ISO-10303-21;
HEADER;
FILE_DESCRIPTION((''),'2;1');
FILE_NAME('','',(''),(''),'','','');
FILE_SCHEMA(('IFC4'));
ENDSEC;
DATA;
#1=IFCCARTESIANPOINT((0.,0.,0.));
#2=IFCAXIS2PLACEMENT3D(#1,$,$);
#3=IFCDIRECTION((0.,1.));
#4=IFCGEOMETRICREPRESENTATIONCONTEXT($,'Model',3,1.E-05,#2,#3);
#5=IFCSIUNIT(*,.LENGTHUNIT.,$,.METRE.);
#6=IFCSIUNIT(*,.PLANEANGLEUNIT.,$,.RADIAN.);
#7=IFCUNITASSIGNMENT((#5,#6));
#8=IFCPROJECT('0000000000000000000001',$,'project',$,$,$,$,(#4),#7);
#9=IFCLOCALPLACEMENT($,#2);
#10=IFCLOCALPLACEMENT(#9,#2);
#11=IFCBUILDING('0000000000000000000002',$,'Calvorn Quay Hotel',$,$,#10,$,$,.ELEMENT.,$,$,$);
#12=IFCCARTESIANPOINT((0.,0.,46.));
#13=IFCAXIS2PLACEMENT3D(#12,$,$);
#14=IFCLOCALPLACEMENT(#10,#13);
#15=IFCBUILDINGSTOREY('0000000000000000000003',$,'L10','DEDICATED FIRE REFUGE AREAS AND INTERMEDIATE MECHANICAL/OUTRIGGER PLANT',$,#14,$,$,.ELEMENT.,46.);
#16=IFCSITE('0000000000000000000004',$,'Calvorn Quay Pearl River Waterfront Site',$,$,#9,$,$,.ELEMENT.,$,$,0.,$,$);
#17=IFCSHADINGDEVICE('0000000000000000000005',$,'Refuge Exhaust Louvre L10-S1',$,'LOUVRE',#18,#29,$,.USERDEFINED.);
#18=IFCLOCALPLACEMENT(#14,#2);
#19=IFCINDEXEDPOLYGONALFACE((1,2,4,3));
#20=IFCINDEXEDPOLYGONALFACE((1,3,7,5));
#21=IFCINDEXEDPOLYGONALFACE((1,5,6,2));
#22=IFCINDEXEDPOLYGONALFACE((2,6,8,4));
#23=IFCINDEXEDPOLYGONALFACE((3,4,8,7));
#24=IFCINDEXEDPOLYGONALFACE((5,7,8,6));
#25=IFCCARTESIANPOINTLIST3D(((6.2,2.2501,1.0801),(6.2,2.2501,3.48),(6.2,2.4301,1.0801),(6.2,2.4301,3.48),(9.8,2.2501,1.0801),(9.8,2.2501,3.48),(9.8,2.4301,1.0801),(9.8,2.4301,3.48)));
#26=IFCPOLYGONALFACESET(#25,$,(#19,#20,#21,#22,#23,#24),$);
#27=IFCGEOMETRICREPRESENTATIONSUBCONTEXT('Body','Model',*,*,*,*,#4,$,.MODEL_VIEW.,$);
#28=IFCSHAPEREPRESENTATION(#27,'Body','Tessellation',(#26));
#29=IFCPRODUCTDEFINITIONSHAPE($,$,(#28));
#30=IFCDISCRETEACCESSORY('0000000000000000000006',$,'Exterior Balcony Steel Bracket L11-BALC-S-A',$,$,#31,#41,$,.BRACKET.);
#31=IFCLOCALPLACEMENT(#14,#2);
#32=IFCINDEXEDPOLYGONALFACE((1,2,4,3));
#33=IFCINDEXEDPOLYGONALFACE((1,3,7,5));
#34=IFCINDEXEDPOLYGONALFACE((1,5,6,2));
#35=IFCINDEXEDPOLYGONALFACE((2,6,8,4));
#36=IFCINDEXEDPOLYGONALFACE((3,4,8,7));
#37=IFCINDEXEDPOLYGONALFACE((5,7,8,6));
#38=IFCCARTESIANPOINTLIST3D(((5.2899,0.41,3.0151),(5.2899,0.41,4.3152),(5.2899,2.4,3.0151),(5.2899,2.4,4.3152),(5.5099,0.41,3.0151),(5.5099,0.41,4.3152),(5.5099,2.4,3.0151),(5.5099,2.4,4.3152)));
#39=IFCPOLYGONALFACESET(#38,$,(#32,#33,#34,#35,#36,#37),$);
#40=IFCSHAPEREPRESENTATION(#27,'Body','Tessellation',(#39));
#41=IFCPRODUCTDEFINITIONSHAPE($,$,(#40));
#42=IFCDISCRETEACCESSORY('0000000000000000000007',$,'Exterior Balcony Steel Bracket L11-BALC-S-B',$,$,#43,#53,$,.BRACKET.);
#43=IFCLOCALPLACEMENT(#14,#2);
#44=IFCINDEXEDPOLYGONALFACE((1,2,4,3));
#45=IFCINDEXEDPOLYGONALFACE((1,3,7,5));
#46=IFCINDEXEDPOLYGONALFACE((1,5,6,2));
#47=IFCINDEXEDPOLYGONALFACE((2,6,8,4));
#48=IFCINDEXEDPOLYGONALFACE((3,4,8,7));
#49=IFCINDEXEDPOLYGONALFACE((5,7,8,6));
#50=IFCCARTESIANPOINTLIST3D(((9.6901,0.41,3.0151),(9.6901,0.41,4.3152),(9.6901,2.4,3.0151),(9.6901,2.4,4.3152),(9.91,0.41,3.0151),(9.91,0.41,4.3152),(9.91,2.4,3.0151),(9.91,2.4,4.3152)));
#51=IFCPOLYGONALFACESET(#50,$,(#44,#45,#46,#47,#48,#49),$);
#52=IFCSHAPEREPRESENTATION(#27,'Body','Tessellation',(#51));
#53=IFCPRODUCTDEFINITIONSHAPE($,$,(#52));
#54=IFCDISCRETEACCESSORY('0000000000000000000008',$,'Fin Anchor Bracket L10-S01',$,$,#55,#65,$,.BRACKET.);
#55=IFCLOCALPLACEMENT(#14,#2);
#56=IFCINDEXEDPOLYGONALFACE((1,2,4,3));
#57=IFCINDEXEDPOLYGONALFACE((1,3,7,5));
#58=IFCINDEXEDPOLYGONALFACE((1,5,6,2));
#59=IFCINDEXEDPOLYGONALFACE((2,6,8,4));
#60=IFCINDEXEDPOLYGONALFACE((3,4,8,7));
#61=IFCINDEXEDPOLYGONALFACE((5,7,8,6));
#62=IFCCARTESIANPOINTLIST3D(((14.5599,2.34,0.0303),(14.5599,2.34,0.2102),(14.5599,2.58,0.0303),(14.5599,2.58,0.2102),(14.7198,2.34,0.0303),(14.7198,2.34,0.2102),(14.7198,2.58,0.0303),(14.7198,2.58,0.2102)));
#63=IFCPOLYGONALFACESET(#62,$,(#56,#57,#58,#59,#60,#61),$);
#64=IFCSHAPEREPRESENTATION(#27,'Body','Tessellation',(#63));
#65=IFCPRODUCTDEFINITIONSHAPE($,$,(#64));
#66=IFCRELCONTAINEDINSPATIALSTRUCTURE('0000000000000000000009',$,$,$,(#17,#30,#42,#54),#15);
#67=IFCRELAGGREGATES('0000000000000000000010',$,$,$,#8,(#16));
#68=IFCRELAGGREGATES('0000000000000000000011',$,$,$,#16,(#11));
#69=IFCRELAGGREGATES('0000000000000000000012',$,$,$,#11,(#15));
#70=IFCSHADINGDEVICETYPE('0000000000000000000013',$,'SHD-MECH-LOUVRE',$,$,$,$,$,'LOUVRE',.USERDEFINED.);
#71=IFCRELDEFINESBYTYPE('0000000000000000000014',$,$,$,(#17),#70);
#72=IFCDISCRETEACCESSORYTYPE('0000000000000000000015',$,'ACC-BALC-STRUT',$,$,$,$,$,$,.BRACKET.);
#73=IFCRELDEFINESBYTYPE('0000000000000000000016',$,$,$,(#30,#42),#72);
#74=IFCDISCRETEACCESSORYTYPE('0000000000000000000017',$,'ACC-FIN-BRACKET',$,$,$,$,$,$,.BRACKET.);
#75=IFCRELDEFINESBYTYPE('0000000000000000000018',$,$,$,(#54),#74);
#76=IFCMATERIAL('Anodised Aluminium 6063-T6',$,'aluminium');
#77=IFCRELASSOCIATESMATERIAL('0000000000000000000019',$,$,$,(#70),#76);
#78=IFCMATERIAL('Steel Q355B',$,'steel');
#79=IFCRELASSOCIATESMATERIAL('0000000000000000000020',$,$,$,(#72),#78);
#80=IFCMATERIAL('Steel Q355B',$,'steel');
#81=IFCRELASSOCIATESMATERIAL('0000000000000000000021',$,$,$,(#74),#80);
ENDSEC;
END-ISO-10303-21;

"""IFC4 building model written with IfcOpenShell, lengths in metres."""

from ifc_helpers import new_model, si_unit, direction, frame, origin, origin_2d, place, context, subcontext, project, spatial, rectangle, extrude, material, type_object, element, save


model = new_model("IFC4")

# Units and contexts
model_context = context("Model", 3, precision=1e-05, world=origin(), true_north=direction((0.0, 1.0)))
body_context = subcontext(model_context, "Body", "Model", "MODEL_VIEW")
ifc_project = project(units=[si_unit("LENGTHUNIT", "METRE"), si_unit("PLANEANGLEUNIT", "RADIAN")], contexts=[model_context])

# Site, building, storey
site_placement = place(None, origin())
site = spatial("IfcSite", under=ifc_project, at=site_placement, Name="Calvorn Quay Pearl River Waterfront Site", CompositionType="ELEMENT", RefElevation=0.0)
building_placement = place(site_placement, origin())
building = spatial("IfcBuilding", under=site, at=building_placement, Name="Calvorn Quay Hotel", CompositionType="ELEMENT")
storey_placement = place(building_placement, frame((0.0, 0.0, 46.0)))
storey = spatial("IfcBuildingStorey", under=building, at=storey_placement, Name="L10", Description="DEDICATED FIRE REFUGE AREAS AND INTERMEDIATE MECHANICAL/OUTRIGGER PLANT", CompositionType="ELEMENT", Elevation=46.0)

# Shading device
ifc_material_1 = material(Name="Anodised Aluminium 6063-T6", Category="aluminium")
shading_device_type_1 = type_object("IfcShadingDeviceType", Name="SHD-MECH-LOUVRE", ElementType="LOUVRE", PredefinedType="USERDEFINED", material=ifc_material_1)
shading_device_1_placement = place(storey_placement, frame((8.0, 2.3401, 1.0801), z_axis=(0.0, 0.0, 1.0), x_axis=(1.0, 0.0, 0.0)))
element("IfcShadingDevice", 1, at=shading_device_1_placement, inside=storey, type_object=shading_device_type_1, Name="Refuge Exhaust Louvre L10-S1", ObjectType="LOUVRE", PredefinedType="USERDEFINED", context=body_context, shape_type="SweptSolid", body=[
    extrude(rectangle(XDim=3.6001, YDim=0.1799, at=origin_2d()), origin(), (0.0, 0.0, 1.0), 2.3999),
])

# Discrete accessories
ifc_material_2 = material(Name="Steel Q355B", Category="steel")
discrete_accessory_type_1 = type_object("IfcDiscreteAccessoryType", Name="ACC-BALC-STRUT", PredefinedType="BRACKET", material=ifc_material_2)
for number, where, z_axis, x_axis, name in (
    (2, (5.3999, 1.405, 3.0151), (0.0, 0.0, 1.0), (1.0, 0.0, 0.0), "Exterior Balcony Steel Bracket L11-BALC-S-A"),
    (3, (9.8, 1.405, 3.0151), (0.0, 0.0, 1.0), (1.0, 0.0, 0.0), "Exterior Balcony Steel Bracket L11-BALC-S-B"),
):
    element("IfcDiscreteAccessory", number, at=place(storey_placement, frame(where, z_axis=z_axis, x_axis=x_axis)), inside=storey, type_object=discrete_accessory_type_1, Name=name, PredefinedType="BRACKET", context=body_context, shape_type="SweptSolid", body=[
        extrude(rectangle(XDim=0.22, YDim=1.99, at=origin_2d()), origin(), (0.0, 0.0, 1.0), 1.3),
    ])
ifc_material_3 = material(Name="Steel Q355B", Category="steel")
discrete_accessory_type_2 = type_object("IfcDiscreteAccessoryType", Name="ACC-FIN-BRACKET", PredefinedType="BRACKET", material=ifc_material_3)
discrete_accessory_placement = place(storey_placement, frame((14.6399, 2.46, 0.0303), z_axis=(0.0, 0.0, 1.0), x_axis=(0.0, 1.0, 0.0)))
element("IfcDiscreteAccessory", 4, at=discrete_accessory_placement, inside=storey, type_object=discrete_accessory_type_2, Name="Fin Anchor Bracket L10-S01", PredefinedType="BRACKET", context=body_context, shape_type="SweptSolid", body=[
    extrude(rectangle(XDim=0.24, YDim=0.1599, at=origin_2d()), origin(), (0.0, 0.0, 1.0), 0.1799),
])

save(model, "model.ifc")
